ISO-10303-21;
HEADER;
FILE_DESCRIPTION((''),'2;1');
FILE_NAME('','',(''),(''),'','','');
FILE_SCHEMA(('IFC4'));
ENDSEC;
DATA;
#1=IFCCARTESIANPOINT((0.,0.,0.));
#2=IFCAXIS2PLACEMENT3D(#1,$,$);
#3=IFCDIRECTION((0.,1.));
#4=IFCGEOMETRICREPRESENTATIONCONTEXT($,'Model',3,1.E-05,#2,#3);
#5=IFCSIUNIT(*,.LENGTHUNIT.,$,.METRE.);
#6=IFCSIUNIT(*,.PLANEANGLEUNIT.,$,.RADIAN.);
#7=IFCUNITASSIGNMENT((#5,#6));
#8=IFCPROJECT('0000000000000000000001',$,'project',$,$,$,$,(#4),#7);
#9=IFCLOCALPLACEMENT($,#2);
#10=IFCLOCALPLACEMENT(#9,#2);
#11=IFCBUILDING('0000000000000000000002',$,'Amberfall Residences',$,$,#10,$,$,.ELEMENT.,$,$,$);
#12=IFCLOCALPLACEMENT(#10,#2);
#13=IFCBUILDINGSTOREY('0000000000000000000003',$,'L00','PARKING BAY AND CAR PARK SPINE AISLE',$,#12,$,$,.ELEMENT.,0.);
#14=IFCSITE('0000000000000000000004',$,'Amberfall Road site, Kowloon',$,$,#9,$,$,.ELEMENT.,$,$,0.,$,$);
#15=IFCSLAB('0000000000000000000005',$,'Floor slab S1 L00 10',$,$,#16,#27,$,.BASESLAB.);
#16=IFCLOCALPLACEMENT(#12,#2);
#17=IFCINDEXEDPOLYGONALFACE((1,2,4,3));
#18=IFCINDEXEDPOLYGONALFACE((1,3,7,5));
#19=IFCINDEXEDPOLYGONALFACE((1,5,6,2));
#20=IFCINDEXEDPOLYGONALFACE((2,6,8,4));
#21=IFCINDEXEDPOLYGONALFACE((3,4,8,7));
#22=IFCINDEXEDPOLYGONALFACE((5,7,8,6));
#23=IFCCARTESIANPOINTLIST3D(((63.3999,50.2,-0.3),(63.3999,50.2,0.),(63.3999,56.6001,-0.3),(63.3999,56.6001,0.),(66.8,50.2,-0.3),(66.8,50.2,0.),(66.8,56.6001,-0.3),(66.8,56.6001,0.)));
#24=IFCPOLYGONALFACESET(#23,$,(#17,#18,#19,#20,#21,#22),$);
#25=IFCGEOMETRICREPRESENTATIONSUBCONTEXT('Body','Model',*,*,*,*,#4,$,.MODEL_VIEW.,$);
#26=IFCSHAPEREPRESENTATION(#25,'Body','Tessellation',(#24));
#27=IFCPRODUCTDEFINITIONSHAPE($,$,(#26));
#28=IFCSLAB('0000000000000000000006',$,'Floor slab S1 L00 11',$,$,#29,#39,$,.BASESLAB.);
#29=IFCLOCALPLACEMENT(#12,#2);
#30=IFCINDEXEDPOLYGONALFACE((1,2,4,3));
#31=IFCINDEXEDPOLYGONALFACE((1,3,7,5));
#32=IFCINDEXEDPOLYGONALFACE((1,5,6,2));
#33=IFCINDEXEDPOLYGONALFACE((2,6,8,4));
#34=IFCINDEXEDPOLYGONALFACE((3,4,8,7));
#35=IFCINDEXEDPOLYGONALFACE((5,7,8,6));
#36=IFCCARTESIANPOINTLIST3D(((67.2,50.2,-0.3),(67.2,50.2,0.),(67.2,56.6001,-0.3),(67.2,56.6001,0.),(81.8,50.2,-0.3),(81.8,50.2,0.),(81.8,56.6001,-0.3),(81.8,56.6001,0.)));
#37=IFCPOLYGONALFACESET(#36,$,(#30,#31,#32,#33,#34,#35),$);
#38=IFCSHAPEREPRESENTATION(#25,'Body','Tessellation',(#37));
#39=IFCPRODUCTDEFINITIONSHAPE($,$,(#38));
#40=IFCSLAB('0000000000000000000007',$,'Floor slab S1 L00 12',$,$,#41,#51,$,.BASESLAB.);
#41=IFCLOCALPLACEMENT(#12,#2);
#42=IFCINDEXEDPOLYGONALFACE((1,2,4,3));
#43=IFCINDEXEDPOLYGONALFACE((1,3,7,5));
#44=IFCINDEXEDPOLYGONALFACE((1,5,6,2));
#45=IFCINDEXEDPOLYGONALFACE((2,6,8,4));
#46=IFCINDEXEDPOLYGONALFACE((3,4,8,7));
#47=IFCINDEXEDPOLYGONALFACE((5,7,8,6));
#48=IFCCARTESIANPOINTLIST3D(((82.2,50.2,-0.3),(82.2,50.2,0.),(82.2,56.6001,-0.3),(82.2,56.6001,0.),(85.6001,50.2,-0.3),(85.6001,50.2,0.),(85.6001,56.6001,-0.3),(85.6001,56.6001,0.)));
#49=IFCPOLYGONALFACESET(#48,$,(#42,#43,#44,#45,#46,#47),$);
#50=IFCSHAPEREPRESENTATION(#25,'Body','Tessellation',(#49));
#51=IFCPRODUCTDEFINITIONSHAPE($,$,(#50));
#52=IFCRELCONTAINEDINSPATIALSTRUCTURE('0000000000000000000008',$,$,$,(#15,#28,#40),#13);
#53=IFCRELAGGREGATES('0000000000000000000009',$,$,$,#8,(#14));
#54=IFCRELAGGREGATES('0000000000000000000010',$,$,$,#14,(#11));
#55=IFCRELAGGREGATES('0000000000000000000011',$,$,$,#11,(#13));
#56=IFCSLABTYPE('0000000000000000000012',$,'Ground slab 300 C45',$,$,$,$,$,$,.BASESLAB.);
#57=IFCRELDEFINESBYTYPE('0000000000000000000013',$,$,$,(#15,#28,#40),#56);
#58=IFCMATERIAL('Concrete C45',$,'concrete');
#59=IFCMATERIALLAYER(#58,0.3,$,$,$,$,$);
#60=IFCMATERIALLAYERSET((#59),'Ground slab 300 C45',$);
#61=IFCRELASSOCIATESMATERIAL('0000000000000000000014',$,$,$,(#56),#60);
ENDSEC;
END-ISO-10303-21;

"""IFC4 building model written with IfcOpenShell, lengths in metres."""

from ifc_helpers import new_model, si_unit, direction, frame, origin, place, context, subcontext, project, spatial, polyline, outline, extrude, material, layer, layer_set, type_object, element, save


model = new_model("IFC4")

# Units and contexts
model_context = context("Model", 3, precision=1e-05, world=origin(), true_north=direction((0.0, 1.0)))
body_context = subcontext(model_context, "Body", "Model", "MODEL_VIEW")
ifc_project = project(units=[si_unit("LENGTHUNIT", "METRE"), si_unit("PLANEANGLEUNIT", "RADIAN")], contexts=[model_context])

# Site, building, storey
site_placement = place(None, origin())
site = spatial("IfcSite", under=ifc_project, at=site_placement, Name="Amberfall Road site, Kowloon", CompositionType="ELEMENT", RefElevation=0.0)
building_placement = place(site_placement, origin())
building = spatial("IfcBuilding", under=site, at=building_placement, Name="Amberfall Residences", CompositionType="ELEMENT")
storey_placement = place(building_placement, origin())
storey = spatial("IfcBuildingStorey", under=building, at=storey_placement, Name="L00", Description="PARKING BAY AND CAR PARK SPINE AISLE", CompositionType="ELEMENT", Elevation=0.0)

# Shared definitions
ifc_material_1 = material(Name="Concrete C45", Category="concrete")

# Slabs
ifc_layer_1 = layer(ifc_material_1, 0.3)
ifc_layer_set_1 = layer_set([ifc_layer_1], Name="Ground slab 300 C45")
slab_type_1 = type_object("IfcSlabType", Name="Ground slab 300 C45", PredefinedType="BASESLAB", material=ifc_layer_set_1)
slab_1_placement = place(storey_placement, frame((0.0, 0.0, -0.3)))
element("IfcSlab", 1, at=slab_1_placement, inside=storey, type_object=slab_type_1, Name="Floor slab S1 L00 10", PredefinedType="BASESLAB", context=body_context, shape_type="SweptSolid", body=[
    extrude(outline(polyline([(66.8, 56.6001), (66.8, 50.2), (63.3999, 50.2), (63.3999, 56.6001), (66.8, 56.6001)])), origin(), (0.0, 0.0, 1.0), 0.3),
])
slab_2_placement = place(storey_placement, frame((0.0, 0.0, -0.3)))
element("IfcSlab", 2, at=slab_2_placement, inside=storey, type_object=slab_type_1, Name="Floor slab S1 L00 11", PredefinedType="BASESLAB", context=body_context, shape_type="SweptSolid", body=[
    extrude(outline(polyline([(81.8, 56.6001), (81.8, 50.2), (67.2, 50.2), (67.2, 56.6001), (81.8, 56.6001)])), origin(), (0.0, 0.0, 1.0), 0.3),
])
slab_3_placement = place(storey_placement, frame((0.0, 0.0, -0.3)))
element("IfcSlab", 3, at=slab_3_placement, inside=storey, type_object=slab_type_1, Name="Floor slab S1 L00 12", PredefinedType="BASESLAB", context=body_context, shape_type="SweptSolid", body=[
    extrude(outline(polyline([(85.6001, 56.6001), (85.6001, 50.2), (82.2, 50.2), (82.2, 56.6001), (85.6001, 56.6001)])), origin(), (0.0, 0.0, 1.0), 0.3),
])

save(model, "model.ifc")
